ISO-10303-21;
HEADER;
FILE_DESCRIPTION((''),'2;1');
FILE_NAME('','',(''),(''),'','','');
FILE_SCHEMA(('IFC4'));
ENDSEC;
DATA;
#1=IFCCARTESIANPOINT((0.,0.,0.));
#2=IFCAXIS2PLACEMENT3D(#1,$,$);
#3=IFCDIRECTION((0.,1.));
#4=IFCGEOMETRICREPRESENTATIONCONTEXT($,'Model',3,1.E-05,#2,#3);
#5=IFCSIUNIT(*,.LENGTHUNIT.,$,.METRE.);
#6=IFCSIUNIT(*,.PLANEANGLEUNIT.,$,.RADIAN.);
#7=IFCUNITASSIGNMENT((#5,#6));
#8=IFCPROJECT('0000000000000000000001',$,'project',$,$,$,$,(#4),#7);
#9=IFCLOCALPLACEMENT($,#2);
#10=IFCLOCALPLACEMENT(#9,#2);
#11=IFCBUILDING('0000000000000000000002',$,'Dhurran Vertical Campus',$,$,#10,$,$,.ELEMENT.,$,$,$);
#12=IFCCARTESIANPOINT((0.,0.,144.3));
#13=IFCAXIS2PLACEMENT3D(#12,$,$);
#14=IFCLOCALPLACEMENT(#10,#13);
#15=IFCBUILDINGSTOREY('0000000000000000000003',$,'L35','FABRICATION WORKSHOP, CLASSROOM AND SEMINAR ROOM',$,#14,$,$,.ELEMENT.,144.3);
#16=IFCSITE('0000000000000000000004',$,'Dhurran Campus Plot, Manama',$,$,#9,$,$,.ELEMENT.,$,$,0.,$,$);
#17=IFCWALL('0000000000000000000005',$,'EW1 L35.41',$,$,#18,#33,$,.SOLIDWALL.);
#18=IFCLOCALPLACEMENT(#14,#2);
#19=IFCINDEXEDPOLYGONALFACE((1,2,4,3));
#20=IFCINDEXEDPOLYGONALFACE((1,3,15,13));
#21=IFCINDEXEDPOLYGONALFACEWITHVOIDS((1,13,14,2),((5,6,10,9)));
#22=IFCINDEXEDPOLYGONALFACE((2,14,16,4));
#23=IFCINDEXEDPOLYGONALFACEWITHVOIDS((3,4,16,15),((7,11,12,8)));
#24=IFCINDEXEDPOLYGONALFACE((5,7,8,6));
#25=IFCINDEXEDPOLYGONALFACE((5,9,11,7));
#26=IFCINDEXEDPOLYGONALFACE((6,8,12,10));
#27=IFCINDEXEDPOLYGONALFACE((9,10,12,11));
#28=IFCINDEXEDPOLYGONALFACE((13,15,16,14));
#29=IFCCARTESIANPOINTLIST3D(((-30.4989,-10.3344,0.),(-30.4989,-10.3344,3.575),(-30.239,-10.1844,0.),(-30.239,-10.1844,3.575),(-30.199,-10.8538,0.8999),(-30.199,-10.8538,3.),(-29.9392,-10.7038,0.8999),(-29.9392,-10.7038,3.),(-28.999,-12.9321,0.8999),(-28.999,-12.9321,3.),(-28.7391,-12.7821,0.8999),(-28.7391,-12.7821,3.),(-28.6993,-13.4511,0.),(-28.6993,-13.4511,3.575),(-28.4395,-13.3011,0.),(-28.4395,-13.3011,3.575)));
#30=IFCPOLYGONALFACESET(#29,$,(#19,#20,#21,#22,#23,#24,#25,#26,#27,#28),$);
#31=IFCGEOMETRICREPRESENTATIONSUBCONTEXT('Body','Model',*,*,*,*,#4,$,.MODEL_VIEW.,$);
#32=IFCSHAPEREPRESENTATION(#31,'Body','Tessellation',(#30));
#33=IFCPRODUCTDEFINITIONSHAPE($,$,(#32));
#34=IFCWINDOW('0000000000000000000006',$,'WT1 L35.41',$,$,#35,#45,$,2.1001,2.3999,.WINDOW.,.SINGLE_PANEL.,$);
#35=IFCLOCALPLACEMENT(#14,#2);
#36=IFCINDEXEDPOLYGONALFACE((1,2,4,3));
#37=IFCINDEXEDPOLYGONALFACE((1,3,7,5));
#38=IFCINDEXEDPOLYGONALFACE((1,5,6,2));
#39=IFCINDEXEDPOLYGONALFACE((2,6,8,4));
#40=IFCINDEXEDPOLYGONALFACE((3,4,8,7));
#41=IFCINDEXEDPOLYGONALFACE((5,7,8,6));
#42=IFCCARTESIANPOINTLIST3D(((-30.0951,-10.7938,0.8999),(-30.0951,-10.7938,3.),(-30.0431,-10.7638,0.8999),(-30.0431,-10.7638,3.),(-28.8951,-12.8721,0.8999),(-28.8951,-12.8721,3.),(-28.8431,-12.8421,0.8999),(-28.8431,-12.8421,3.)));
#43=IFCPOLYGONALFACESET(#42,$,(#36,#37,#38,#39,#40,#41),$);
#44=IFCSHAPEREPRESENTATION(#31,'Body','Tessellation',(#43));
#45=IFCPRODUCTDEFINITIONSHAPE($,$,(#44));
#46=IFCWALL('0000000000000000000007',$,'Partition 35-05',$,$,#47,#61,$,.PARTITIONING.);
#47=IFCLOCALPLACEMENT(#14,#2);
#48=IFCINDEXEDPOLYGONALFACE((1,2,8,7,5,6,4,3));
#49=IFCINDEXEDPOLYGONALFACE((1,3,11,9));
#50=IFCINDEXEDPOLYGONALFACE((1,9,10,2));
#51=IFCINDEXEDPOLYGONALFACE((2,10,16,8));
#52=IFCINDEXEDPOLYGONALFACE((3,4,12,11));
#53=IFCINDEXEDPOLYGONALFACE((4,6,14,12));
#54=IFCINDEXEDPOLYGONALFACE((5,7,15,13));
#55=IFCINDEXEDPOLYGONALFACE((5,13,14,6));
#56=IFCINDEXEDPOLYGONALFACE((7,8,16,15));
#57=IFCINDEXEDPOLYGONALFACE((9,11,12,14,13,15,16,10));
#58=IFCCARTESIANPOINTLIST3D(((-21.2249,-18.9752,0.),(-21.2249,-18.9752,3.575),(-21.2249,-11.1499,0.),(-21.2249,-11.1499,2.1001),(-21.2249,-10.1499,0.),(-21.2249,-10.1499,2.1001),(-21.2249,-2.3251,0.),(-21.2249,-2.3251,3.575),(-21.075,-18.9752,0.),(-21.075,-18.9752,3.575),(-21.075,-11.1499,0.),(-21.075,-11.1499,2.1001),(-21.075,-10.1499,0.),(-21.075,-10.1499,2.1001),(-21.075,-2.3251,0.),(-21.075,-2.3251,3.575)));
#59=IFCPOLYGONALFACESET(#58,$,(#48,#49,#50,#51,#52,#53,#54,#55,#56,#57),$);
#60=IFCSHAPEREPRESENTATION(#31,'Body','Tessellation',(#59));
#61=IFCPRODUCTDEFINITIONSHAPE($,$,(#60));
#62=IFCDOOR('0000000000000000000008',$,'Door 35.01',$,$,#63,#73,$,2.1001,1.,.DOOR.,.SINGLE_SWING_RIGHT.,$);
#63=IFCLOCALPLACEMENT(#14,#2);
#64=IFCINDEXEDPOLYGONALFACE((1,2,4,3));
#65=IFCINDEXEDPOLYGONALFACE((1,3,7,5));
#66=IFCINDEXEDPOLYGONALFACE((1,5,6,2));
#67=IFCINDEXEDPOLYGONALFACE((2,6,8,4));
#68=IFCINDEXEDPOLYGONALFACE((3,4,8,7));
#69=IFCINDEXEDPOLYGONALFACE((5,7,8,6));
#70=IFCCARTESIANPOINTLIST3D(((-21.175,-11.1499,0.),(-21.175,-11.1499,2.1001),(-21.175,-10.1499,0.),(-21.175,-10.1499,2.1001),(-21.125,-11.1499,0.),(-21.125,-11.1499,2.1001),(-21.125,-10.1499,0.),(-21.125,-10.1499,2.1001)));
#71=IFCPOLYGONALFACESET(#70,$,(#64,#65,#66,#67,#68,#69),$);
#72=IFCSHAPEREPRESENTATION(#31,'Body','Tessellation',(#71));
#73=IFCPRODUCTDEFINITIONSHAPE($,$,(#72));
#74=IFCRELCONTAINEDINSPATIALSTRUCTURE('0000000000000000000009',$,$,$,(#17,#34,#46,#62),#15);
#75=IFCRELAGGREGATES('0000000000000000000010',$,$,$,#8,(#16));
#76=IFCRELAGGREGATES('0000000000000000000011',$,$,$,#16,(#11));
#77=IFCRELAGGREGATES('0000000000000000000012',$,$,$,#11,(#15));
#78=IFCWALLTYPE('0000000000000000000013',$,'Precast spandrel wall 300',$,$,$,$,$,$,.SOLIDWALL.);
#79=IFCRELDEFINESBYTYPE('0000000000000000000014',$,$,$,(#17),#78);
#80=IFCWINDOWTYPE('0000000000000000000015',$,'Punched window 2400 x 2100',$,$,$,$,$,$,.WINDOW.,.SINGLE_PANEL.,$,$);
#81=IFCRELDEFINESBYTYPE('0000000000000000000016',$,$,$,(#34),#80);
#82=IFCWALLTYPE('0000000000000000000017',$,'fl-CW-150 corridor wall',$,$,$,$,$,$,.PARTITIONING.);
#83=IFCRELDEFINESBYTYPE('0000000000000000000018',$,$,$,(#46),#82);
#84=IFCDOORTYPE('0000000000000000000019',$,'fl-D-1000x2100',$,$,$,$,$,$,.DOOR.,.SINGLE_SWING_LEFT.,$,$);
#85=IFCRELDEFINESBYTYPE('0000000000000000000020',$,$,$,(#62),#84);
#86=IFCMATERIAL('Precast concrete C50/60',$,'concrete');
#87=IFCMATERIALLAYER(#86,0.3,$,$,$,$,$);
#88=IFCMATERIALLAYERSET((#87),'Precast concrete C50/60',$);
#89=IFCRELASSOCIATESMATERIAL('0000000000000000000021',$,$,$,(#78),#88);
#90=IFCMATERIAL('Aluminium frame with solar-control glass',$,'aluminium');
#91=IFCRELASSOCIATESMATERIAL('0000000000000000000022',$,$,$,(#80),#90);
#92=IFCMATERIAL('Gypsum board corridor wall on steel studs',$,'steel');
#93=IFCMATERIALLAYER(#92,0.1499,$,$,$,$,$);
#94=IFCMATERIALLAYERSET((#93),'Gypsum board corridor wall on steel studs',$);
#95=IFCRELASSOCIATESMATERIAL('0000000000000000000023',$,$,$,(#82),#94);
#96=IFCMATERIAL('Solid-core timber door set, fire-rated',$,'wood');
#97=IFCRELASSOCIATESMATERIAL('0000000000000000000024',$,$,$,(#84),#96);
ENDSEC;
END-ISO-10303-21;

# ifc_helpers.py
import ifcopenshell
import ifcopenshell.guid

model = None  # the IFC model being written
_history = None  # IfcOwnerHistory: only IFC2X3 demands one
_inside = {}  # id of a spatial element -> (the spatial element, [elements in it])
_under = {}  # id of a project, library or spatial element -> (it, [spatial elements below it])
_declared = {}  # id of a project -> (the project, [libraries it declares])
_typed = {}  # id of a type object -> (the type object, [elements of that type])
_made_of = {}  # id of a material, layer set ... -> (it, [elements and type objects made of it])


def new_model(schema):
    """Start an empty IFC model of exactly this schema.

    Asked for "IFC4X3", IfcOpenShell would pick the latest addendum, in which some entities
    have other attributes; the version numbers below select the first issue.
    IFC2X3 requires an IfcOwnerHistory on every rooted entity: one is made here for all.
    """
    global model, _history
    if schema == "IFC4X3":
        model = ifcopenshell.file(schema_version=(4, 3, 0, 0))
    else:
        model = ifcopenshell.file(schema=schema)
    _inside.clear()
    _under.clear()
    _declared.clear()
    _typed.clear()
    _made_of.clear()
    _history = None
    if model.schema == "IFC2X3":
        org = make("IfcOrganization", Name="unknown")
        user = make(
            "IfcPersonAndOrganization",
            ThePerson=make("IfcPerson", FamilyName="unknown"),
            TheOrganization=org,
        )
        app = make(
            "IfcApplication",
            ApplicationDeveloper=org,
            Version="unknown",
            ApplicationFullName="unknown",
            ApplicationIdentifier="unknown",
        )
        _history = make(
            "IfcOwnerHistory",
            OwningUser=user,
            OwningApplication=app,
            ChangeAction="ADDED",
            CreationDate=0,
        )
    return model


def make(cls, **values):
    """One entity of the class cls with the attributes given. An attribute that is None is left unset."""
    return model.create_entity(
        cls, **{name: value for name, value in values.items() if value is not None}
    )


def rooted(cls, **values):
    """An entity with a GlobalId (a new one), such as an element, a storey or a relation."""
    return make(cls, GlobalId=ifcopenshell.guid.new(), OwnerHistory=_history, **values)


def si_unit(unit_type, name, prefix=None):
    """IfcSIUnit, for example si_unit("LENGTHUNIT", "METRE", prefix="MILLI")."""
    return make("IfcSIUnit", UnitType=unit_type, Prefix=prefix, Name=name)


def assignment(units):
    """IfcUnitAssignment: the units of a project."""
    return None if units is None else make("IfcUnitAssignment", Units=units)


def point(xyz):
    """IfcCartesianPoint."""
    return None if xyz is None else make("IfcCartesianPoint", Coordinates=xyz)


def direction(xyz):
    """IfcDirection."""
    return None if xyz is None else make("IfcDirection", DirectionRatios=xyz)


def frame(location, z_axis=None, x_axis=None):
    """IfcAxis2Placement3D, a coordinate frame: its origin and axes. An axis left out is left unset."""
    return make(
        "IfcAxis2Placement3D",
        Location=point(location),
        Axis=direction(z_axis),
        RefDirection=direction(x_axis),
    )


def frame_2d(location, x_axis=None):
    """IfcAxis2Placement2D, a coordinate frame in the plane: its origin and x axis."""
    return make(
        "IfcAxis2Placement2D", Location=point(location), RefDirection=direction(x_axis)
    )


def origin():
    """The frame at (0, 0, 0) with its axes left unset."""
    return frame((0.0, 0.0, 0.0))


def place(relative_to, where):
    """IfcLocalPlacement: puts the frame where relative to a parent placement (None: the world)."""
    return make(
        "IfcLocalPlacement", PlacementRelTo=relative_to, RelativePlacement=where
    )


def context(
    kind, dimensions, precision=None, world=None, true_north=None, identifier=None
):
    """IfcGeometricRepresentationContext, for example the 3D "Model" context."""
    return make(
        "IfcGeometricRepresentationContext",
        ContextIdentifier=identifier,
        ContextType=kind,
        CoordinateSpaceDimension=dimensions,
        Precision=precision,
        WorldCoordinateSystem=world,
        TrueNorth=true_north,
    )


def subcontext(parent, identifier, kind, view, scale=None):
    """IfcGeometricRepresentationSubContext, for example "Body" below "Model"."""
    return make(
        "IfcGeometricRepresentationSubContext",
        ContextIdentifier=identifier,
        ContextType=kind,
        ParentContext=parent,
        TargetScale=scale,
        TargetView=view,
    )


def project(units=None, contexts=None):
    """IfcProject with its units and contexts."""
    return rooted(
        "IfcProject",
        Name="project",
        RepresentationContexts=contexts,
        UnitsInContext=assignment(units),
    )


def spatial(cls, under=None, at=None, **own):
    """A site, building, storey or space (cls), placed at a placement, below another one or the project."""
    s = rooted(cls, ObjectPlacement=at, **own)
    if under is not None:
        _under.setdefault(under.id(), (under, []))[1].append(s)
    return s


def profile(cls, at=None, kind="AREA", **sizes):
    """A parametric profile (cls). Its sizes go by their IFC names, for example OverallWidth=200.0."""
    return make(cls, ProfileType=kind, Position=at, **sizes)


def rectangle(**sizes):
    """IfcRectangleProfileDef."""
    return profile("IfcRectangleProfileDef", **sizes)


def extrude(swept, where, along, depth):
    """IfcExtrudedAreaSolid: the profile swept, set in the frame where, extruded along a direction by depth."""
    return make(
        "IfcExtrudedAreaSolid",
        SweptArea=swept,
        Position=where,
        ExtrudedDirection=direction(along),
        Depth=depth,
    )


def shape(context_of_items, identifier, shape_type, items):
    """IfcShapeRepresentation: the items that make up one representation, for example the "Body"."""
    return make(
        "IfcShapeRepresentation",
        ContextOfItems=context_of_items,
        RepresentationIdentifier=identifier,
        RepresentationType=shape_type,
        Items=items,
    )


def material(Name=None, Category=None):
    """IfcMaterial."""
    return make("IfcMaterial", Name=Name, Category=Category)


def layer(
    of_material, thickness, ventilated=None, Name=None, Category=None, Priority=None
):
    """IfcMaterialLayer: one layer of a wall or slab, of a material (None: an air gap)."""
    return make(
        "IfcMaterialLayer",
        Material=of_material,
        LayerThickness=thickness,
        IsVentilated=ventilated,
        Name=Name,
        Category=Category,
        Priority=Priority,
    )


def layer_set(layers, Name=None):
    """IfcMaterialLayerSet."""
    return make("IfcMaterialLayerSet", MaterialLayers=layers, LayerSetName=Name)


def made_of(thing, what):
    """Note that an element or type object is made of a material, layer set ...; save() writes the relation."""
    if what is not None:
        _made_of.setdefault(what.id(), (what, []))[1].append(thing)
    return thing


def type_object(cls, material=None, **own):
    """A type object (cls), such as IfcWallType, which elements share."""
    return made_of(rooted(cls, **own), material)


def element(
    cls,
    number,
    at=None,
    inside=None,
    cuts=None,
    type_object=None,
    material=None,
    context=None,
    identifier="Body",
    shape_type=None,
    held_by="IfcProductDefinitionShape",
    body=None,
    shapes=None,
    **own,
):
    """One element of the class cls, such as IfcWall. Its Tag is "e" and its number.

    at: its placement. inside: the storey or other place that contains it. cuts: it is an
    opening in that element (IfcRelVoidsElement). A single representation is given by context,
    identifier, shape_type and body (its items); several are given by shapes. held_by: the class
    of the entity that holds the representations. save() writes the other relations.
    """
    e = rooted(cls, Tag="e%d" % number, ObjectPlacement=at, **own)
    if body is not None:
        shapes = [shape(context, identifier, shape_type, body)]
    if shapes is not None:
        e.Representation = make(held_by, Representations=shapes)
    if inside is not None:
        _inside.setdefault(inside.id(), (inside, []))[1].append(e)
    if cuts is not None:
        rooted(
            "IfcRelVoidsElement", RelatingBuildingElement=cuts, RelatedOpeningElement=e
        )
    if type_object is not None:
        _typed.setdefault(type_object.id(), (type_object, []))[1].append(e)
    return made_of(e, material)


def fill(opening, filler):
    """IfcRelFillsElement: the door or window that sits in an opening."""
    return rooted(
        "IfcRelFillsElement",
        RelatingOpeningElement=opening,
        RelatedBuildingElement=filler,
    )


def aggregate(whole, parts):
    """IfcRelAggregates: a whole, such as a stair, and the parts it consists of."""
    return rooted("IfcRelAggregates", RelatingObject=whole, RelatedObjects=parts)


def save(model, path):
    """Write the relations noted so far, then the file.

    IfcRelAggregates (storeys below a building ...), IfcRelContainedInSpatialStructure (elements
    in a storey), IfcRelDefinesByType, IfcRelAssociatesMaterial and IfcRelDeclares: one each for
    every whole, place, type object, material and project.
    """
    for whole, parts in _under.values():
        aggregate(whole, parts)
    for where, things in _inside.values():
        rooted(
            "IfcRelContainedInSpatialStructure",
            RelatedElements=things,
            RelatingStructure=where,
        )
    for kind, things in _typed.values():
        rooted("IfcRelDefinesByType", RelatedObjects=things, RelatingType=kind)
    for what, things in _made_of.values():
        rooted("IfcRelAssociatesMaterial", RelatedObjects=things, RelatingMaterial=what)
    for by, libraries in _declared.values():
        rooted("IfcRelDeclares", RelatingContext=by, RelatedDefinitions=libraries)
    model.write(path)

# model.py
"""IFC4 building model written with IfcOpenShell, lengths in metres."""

from ifc_helpers import new_model, si_unit, direction, frame, frame_2d, origin, place, context, subcontext, project, spatial, rectangle, extrude, material, layer, layer_set, type_object, element, fill, save


model = new_model("IFC4")

# Units and contexts
model_context = context("Model", 3, precision=1e-05, world=origin(), true_north=direction((0.0, 1.0)))
body_context = subcontext(model_context, "Body", "Model", "MODEL_VIEW")
ifc_project = project(units=[si_unit("LENGTHUNIT", "METRE"), si_unit("PLANEANGLEUNIT", "RADIAN")], contexts=[model_context])

# Site, building, storey
site_placement = place(None, origin())
site = spatial("IfcSite", under=ifc_project, at=site_placement, Name="Dhurran Campus Plot, Manama", CompositionType="ELEMENT", RefElevation=0.0)
building_placement = place(site_placement, origin())
building = spatial("IfcBuilding", under=site, at=building_placement, Name="Dhurran Vertical Campus", CompositionType="ELEMENT")
storey_placement = place(building_placement, frame((0.0, 0.0, 144.3)))
storey = spatial("IfcBuildingStorey", under=building, at=storey_placement, Name="L35", Description="FABRICATION WORKSHOP, CLASSROOM AND SEMINAR ROOM", CompositionType="ELEMENT", Elevation=144.3)

# Wall, opening, window
ifc_material_1 = material(Name="Precast concrete C50/60", Category="concrete")
ifc_layer_1 = layer(ifc_material_1, 0.3)
ifc_layer_set_1 = layer_set([ifc_layer_1], Name="Precast concrete C50/60")
wall_type_1 = type_object("IfcWallType", Name="Precast spandrel wall 300", PredefinedType="SOLIDWALL", material=ifc_layer_set_1)
ifc_material_2 = material(Name="Aluminium frame with solar-control glass", Category="aluminium")
window_type = type_object("IfcWindowType", Name="Punched window 2400 x 2100", PartitioningType="SINGLE_PANEL", PredefinedType="WINDOW", material=ifc_material_2)
wall_1_placement = place(storey_placement, frame((-30.3689, -10.2595, 0.0), z_axis=(0.0, 0.0, 1.0), x_axis=(0.500028, -0.866009, 0.0)))
wall_1 = element("IfcWall", 1, at=wall_1_placement, inside=storey, type_object=wall_type_1, Name="EW1 L35.41", PredefinedType="SOLIDWALL", context=body_context, shape_type="SweptSolid", body=[
    extrude(rectangle(XDim=3.5989, YDim=0.3, at=frame_2d((1.7993, 0.0))), origin(), (0.0, 0.0, 1.0), 3.575),
])
opening_1_placement = place(wall_1_placement, frame((0.5996, 0.0, 0.8999)))
opening_1 = element("IfcOpeningElement", 2, at=opening_1_placement, cuts=wall_1, PredefinedType="OPENING", context=body_context, shape_type="SweptSolid", body=[
    extrude(rectangle(XDim=2.3999, YDim=2.1001, at=frame_2d((1.2, 1.05))), frame((0.0, 0.1599, 0.0), z_axis=(0.0, -1.0, 0.0), x_axis=(1.0, 0.0, 0.0)), (0.0, 0.0, 1.0), 0.3201),
])
window_1_placement = place(opening_1_placement, origin())
window_1 = element("IfcWindow", 3, at=window_1_placement, inside=storey, type_object=window_type, Name="WT1 L35.41", OverallHeight=2.1001, OverallWidth=2.3999, PartitioningType="SINGLE_PANEL", PredefinedType="WINDOW", context=body_context, shape_type="SweptSolid", body=[
    extrude(rectangle(XDim=2.3999, YDim=2.1001, at=frame_2d((1.2, 1.05))), frame((0.0, 0.03, 0.0), z_axis=(0.0, -1.0, 0.0), x_axis=(1.0, 0.0, 0.0)), (0.0, 0.0, 1.0), 0.0601),
])
fill(opening_1, window_1)

# Wall, opening, door
ifc_material_3 = material(Name="Gypsum board corridor wall on steel studs", Category="steel")
ifc_layer_2 = layer(ifc_material_3, 0.1499)
ifc_layer_set_2 = layer_set([ifc_layer_2], Name="Gypsum board corridor wall on steel studs")
wall_type_2 = type_object("IfcWallType", Name="fl-CW-150 corridor wall", PredefinedType="PARTITIONING", material=ifc_layer_set_2)
wall_2_placement = place(storey_placement, frame((-21.1499, -2.325, 0.0), z_axis=(0.0, 0.0, 1.0), x_axis=(0.0, -1.0, 0.0)))
wall_2 = element("IfcWall", 4, at=wall_2_placement, inside=storey, type_object=wall_type_2, Name="Partition 35-05", PredefinedType="PARTITIONING", context=body_context, shape_type="SweptSolid", body=[
    extrude(rectangle(XDim=16.6501, YDim=0.1499, at=frame_2d((8.3252, 0.0))), origin(), (0.0, 0.0, 1.0), 3.575),
])
opening_2_placement = place(wall_2_placement, frame((7.825, 0.0, 0.0)))
opening_2 = element("IfcOpeningElement", 5, at=opening_2_placement, cuts=wall_2, PredefinedType="OPENING", context=body_context, shape_type="SweptSolid", body=[
    extrude(rectangle(XDim=1.0, YDim=2.1001, at=frame_2d((0.5, 1.05))), frame((0.0, 0.085, 0.0), z_axis=(0.0, -1.0, 0.0), x_axis=(1.0, 0.0, 0.0)), (0.0, 0.0, 1.0), 0.1699),
])
ifc_material_4 = material(Name="Solid-core timber door set, fire-rated", Category="wood")
door_type = type_object("IfcDoorType", Name="fl-D-1000x2100", OperationType="SINGLE_SWING_LEFT", PredefinedType="DOOR", material=ifc_material_4)
door_placement = place(opening_2_placement, origin())
door = element("IfcDoor", 6, at=door_placement, inside=storey, type_object=door_type, Name="Door 35.01", OperationType="SINGLE_SWING_RIGHT", OverallHeight=2.1001, OverallWidth=1.0, PredefinedType="DOOR", context=body_context, shape_type="SweptSolid", body=[
    extrude(rectangle(XDim=1.0, YDim=2.1001, at=frame_2d((0.5, 1.05))), frame((0.0, 0.0249, 0.0), z_axis=(0.0, -1.0, 0.0), x_axis=(1.0, 0.0, 0.0)), (0.0, 0.0, 1.0), 0.05),
])
fill(opening_2, door)

save(model, "model.ifc")
